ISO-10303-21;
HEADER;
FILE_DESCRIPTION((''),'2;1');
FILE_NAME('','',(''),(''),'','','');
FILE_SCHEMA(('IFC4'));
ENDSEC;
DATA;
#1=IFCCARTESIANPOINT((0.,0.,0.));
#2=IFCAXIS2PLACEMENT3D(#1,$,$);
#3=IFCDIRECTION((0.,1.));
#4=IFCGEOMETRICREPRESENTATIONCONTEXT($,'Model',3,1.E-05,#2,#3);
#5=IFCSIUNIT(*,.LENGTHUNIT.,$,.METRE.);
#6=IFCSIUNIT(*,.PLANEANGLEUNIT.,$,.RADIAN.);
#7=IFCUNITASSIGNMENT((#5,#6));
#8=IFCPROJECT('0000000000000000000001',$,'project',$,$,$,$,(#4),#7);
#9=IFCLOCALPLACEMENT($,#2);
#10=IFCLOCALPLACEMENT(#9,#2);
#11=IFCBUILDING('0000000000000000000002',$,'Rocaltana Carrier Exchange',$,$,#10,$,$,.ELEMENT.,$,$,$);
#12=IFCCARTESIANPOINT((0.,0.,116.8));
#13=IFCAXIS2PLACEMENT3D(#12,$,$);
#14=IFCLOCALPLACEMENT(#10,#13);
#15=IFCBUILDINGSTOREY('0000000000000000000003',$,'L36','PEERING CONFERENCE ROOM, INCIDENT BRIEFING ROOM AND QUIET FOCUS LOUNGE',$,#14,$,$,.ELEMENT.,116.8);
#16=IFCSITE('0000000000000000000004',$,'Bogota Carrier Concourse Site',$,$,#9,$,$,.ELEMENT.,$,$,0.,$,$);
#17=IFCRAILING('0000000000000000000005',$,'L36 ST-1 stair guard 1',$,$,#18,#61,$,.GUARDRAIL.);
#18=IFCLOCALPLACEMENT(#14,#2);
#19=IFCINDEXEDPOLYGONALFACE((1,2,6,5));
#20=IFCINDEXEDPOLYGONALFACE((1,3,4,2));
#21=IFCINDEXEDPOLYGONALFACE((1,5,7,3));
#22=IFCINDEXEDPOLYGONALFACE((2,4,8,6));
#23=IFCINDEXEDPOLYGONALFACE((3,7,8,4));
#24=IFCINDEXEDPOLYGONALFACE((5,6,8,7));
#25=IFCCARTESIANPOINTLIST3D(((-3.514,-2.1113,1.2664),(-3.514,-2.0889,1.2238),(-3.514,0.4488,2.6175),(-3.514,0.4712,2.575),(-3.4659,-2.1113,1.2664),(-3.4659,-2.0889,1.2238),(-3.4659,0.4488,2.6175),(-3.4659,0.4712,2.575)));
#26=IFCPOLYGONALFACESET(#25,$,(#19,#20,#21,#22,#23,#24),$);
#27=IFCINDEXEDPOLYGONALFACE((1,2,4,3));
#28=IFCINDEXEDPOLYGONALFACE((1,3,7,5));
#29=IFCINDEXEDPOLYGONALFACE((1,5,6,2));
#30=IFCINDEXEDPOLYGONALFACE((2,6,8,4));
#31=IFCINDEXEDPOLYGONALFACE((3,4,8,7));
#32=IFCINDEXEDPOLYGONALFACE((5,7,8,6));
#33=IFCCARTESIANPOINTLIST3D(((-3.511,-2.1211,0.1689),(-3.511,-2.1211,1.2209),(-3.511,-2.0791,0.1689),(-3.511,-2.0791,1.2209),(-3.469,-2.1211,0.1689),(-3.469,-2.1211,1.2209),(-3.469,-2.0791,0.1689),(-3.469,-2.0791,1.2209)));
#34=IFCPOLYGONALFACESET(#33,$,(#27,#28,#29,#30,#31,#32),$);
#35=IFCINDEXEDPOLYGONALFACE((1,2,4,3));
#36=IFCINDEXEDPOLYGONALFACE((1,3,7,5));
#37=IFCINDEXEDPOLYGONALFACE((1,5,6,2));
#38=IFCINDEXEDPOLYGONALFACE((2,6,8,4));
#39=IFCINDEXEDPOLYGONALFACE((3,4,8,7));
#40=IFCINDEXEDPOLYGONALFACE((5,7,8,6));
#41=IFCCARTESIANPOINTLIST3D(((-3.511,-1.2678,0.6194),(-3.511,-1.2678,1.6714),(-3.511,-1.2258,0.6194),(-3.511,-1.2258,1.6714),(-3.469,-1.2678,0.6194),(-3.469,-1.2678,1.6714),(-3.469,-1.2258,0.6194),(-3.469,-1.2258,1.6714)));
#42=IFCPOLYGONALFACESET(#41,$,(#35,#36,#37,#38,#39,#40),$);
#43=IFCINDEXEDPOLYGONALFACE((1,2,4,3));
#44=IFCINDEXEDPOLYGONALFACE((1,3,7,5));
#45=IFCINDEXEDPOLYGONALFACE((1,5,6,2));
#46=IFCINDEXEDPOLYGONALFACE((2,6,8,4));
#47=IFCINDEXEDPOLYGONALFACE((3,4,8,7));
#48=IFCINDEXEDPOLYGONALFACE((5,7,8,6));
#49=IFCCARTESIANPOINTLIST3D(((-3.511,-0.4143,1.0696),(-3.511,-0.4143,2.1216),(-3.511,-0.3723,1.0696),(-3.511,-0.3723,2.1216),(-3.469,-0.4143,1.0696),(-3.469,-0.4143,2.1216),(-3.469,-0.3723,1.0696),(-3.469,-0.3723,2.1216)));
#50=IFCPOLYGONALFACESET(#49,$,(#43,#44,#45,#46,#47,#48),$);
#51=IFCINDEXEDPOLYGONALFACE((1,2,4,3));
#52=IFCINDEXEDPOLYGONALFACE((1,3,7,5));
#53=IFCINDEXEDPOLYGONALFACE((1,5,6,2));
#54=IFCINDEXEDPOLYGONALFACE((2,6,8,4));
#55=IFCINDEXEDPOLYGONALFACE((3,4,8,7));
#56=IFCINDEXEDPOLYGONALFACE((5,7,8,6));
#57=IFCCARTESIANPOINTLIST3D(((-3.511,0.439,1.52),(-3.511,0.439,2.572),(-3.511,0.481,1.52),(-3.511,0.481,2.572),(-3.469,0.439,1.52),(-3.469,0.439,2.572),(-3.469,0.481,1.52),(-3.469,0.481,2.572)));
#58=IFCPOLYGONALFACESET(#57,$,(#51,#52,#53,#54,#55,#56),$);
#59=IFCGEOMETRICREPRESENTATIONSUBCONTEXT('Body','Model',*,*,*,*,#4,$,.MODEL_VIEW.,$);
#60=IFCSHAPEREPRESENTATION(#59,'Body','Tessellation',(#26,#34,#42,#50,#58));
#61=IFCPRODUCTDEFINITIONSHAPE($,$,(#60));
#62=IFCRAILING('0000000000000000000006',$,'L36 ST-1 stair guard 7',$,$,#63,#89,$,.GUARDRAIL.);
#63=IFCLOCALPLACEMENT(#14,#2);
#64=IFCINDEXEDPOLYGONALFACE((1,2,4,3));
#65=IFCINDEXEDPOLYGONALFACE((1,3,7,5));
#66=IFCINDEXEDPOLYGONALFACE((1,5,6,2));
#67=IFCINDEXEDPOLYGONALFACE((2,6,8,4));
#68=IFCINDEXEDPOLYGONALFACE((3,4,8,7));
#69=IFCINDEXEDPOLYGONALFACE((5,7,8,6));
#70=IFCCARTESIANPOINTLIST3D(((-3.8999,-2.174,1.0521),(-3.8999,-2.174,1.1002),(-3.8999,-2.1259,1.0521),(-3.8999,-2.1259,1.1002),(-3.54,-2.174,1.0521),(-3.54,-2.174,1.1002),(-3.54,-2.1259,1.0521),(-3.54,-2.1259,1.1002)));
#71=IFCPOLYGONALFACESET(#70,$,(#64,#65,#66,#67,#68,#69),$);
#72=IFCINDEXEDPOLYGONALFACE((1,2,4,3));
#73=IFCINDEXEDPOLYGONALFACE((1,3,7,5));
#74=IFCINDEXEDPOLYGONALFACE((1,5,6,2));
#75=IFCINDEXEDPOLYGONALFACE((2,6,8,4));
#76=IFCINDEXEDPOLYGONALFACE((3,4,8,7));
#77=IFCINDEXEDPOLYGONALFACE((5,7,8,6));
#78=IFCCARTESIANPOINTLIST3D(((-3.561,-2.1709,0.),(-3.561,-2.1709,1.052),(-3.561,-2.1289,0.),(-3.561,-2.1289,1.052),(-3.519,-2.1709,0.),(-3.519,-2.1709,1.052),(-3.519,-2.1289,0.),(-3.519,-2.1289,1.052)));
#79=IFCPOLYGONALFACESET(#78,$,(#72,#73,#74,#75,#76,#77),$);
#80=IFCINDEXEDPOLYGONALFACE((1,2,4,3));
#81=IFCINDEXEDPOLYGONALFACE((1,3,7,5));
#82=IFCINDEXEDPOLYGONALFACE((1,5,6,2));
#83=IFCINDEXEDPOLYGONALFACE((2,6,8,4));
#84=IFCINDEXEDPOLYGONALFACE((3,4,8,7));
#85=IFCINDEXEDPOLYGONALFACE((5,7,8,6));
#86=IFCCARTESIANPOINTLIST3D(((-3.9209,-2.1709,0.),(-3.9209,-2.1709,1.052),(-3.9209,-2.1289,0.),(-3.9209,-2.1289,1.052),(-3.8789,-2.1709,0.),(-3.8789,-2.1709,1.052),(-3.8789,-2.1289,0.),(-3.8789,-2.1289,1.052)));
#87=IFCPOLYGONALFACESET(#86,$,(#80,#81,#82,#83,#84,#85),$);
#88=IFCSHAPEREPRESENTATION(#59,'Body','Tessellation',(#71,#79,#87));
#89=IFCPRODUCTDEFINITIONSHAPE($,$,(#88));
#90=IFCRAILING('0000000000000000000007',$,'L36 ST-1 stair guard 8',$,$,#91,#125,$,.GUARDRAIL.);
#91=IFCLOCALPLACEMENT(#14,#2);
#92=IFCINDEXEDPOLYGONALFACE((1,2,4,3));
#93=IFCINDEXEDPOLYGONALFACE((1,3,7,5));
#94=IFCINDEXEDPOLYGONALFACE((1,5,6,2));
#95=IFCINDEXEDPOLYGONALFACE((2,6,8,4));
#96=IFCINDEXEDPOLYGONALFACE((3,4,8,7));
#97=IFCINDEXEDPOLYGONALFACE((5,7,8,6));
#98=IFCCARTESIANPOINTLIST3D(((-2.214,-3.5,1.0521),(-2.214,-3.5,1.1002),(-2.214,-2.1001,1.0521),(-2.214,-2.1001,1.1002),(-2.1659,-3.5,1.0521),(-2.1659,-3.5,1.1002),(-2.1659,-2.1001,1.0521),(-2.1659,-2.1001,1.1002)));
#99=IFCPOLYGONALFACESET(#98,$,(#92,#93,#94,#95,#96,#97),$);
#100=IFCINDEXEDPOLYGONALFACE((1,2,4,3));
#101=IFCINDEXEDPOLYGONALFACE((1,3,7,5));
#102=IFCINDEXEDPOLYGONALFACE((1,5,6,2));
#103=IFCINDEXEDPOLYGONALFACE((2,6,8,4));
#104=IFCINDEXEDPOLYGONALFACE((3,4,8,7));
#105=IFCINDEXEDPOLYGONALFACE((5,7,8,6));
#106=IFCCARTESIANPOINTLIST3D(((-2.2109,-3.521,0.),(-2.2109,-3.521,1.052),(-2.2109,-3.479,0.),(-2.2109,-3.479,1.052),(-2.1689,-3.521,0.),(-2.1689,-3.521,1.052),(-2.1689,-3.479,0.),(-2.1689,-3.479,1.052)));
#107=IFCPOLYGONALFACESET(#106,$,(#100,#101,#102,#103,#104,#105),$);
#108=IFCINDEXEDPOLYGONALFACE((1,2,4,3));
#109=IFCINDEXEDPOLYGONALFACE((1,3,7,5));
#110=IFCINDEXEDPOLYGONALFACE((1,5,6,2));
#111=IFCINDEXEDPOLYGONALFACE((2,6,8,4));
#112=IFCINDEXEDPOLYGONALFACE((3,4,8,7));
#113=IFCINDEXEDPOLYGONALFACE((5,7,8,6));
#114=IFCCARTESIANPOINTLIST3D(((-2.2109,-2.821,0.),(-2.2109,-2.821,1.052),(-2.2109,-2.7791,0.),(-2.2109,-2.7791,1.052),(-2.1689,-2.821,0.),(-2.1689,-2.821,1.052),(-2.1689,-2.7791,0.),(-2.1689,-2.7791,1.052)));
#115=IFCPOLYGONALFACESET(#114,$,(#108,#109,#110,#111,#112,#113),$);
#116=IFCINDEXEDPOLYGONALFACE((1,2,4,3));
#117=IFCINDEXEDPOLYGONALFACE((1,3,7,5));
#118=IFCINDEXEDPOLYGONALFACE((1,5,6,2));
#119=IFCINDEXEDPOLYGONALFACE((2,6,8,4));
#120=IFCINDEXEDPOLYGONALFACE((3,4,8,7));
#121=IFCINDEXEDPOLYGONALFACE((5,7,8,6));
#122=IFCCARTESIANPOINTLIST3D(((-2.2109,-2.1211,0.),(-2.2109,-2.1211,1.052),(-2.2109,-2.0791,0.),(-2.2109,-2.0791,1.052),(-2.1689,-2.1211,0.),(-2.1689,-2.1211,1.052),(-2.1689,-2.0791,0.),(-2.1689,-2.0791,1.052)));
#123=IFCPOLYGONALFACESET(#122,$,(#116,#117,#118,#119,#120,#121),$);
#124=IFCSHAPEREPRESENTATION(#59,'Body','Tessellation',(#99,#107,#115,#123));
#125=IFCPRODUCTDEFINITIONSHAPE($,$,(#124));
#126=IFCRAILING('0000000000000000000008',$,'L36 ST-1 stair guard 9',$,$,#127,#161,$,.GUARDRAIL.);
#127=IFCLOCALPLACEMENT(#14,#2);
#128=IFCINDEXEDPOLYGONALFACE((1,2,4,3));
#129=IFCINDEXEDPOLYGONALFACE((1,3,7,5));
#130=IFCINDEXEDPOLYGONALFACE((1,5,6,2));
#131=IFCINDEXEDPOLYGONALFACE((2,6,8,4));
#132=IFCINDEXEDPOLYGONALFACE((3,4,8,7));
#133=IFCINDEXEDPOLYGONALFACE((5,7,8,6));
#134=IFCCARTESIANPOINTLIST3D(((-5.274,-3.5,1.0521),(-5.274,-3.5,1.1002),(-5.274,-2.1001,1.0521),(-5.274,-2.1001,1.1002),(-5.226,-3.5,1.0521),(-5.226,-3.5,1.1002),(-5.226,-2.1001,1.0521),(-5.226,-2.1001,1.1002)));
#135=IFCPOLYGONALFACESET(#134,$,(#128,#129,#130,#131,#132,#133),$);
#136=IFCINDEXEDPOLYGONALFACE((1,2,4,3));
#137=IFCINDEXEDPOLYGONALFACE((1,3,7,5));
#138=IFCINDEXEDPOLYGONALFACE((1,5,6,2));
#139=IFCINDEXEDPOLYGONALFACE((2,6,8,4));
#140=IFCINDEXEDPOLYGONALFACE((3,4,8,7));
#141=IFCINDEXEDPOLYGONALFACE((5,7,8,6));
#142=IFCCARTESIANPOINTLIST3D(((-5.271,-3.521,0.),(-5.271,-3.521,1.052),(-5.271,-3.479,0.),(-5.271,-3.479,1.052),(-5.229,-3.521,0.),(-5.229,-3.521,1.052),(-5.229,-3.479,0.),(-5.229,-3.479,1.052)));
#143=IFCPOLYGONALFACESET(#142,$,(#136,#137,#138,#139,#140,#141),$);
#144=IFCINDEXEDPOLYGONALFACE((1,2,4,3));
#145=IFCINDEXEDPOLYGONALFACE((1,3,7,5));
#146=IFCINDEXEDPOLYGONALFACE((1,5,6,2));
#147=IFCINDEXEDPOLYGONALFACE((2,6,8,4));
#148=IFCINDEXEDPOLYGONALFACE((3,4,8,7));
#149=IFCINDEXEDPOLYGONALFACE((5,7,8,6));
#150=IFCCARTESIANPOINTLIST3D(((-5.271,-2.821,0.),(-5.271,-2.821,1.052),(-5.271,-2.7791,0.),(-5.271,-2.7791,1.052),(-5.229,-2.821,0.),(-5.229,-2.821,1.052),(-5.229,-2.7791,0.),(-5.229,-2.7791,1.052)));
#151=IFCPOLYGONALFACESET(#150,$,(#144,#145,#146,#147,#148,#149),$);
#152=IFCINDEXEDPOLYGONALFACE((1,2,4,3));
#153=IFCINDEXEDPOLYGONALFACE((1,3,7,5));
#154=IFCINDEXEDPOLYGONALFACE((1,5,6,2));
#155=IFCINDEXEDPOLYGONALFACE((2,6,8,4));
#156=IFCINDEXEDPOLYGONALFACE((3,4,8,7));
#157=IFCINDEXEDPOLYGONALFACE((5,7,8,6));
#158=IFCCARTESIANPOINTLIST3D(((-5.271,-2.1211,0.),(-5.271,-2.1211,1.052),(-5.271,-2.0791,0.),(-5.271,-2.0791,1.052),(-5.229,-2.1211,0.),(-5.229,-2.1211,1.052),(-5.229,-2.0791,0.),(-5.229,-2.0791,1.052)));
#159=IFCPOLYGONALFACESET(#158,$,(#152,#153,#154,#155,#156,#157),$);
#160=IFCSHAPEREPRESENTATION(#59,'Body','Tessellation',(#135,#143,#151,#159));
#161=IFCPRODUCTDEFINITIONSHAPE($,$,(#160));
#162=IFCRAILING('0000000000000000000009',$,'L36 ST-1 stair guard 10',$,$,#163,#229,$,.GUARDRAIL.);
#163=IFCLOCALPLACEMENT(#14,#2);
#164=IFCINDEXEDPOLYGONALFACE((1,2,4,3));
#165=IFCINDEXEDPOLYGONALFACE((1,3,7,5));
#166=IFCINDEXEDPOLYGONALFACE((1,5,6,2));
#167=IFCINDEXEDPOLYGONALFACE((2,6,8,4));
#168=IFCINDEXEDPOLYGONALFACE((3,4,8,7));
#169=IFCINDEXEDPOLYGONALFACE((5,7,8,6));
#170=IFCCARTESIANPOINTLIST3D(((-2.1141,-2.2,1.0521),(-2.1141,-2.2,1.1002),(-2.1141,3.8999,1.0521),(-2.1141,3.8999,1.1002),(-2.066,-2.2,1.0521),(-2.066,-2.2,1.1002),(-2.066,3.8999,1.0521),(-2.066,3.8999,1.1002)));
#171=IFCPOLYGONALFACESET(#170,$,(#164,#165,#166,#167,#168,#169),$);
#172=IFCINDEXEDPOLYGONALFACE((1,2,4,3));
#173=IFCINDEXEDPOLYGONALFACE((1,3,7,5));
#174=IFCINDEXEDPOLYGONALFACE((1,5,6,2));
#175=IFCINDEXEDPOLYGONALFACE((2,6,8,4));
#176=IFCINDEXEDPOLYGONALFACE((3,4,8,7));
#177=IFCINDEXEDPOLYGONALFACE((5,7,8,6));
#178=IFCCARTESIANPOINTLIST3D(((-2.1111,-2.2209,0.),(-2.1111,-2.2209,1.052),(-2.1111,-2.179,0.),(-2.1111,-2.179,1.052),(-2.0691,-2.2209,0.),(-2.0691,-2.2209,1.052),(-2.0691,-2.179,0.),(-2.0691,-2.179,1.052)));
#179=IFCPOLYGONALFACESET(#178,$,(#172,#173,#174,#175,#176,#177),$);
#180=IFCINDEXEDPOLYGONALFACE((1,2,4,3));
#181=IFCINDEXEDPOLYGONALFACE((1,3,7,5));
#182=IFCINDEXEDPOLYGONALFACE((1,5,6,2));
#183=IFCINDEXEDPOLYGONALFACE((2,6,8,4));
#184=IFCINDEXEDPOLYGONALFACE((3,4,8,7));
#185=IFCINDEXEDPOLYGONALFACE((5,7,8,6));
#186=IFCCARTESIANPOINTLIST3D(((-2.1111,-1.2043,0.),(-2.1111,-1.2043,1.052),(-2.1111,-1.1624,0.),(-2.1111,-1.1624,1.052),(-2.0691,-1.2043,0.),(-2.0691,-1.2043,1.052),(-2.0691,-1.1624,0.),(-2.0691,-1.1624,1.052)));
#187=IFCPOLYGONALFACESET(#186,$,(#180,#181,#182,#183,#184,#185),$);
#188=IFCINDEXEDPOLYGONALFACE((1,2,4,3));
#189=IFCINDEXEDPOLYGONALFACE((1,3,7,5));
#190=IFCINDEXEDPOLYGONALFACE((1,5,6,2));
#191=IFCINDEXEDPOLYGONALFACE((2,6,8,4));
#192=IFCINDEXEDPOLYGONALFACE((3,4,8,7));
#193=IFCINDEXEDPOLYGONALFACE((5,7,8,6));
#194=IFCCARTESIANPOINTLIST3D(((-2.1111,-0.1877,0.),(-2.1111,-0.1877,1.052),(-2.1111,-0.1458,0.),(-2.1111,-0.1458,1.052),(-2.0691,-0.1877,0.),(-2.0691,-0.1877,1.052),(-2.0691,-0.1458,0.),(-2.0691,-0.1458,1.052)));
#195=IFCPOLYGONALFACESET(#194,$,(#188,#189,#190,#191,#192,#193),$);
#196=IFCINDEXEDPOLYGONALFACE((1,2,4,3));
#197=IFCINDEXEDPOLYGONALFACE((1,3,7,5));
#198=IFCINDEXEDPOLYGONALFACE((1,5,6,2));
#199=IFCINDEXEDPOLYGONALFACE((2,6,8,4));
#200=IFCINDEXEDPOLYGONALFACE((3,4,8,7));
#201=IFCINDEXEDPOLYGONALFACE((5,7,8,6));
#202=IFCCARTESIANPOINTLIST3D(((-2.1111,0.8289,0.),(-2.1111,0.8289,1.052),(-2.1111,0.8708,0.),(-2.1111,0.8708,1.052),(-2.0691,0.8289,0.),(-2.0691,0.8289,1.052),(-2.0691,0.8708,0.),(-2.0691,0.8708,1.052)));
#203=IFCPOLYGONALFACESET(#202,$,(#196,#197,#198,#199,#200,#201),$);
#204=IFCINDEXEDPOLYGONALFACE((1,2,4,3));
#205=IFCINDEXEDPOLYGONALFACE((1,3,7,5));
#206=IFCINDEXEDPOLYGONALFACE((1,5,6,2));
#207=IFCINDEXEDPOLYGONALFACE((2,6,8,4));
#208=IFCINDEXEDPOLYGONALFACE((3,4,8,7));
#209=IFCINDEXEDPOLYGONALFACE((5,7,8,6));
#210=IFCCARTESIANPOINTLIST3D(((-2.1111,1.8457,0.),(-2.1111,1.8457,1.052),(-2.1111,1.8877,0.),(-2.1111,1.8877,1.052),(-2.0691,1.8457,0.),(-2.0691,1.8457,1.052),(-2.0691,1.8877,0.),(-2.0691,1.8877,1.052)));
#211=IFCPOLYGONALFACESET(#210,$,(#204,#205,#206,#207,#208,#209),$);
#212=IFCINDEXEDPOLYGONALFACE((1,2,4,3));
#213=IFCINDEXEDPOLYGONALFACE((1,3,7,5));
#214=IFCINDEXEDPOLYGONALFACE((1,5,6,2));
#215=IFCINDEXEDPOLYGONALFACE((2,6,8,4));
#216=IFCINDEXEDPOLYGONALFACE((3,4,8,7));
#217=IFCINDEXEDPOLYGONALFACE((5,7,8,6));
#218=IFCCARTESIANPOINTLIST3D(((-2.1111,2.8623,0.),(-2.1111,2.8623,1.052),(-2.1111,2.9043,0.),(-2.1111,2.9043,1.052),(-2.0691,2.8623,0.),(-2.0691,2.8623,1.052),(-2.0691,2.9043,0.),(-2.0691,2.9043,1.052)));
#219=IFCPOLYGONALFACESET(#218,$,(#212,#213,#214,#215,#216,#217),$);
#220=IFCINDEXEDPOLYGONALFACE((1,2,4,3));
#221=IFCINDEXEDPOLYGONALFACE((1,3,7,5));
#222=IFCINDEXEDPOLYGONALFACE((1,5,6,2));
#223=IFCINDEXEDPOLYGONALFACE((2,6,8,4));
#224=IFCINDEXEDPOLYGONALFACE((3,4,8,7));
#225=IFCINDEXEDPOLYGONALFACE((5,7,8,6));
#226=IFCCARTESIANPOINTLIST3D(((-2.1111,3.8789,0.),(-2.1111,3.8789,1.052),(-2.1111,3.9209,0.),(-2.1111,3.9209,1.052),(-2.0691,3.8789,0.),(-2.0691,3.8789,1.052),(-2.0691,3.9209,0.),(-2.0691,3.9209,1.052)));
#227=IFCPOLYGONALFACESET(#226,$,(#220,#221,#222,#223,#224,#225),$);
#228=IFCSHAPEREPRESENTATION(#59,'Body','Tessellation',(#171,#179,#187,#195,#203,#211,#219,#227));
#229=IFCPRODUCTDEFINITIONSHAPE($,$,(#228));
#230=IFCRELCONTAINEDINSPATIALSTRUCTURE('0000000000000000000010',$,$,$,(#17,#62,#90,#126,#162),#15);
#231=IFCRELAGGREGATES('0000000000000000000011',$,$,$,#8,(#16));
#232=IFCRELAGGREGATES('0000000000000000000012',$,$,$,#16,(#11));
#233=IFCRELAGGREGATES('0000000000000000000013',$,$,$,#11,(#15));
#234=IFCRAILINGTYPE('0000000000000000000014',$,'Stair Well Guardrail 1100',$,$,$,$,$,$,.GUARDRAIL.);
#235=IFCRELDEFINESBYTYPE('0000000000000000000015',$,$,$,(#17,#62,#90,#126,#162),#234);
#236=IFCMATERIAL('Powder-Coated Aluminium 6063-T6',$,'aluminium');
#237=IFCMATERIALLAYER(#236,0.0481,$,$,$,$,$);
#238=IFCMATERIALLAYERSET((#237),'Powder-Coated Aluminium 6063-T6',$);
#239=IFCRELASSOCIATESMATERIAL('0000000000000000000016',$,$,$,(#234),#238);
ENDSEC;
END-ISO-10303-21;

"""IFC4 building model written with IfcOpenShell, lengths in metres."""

from ifc_helpers import new_model, si_unit, direction, frame, origin, origin_2d, place, context, subcontext, project, spatial, rectangle, extrude, material, layer, layer_set, type_object, element, save


model = new_model("IFC4")

# Units and contexts
model_context = context("Model", 3, precision=1e-05, world=origin(), true_north=direction((0.0, 1.0)))
body_context = subcontext(model_context, "Body", "Model", "MODEL_VIEW")
ifc_project = project(units=[si_unit("LENGTHUNIT", "METRE"), si_unit("PLANEANGLEUNIT", "RADIAN")], contexts=[model_context])

# Site, building, storey
site_placement = place(None, origin())
site = spatial("IfcSite", under=ifc_project, at=site_placement, Name="Bogota Carrier Concourse Site", CompositionType="ELEMENT", RefElevation=0.0)
building_placement = place(site_placement, origin())
building = spatial("IfcBuilding", under=site, at=building_placement, Name="Rocaltana Carrier Exchange", CompositionType="ELEMENT")
storey_placement = place(building_placement, frame((0.0, 0.0, 116.8)))
storey = spatial("IfcBuildingStorey", under=building, at=storey_placement, Name="L36", Description="PEERING CONFERENCE ROOM, INCIDENT BRIEFING ROOM AND QUIET FOCUS LOUNGE", CompositionType="ELEMENT", Elevation=116.8)

# Railings
ifc_material_1 = material(Name="Powder-Coated Aluminium 6063-T6", Category="aluminium")
ifc_layer_1 = layer(ifc_material_1, 0.0481)
ifc_layer_set_1 = layer_set([ifc_layer_1], Name="Powder-Coated Aluminium 6063-T6")
railing_type_1 = type_object("IfcRailingType", Name="Stair Well Guardrail 1100", PredefinedType="GUARDRAIL", material=ifc_layer_set_1)
railing_1_placement = place(storey_placement, frame((-3.49, -2.1001, 0.1689)))
element("IfcRailing", 1, at=railing_1_placement, inside=storey, type_object=railing_type_1, Name="L36 ST-1 stair guard 1", PredefinedType="GUARDRAIL", context=body_context, shape_type="SweptSolid", body=[
    extrude(rectangle(XDim=0.0481, YDim=0.0481, at=origin_2d()), frame((0.0, 0.0, 1.0762), z_axis=(0.0, 0.884394, 0.46674), x_axis=(-1.0, 0.0, 0.0)), (0.0, 0.0, 1.0), 2.8948),
    extrude(rectangle(XDim=0.042, YDim=0.042, at=origin_2d()), origin(), (0.0, 0.0, 1.0), 1.052),
    extrude(rectangle(XDim=0.042, YDim=0.042, at=origin_2d()), frame((0.0, 0.8533, 0.4504)), (0.0, 0.0, 1.0), 1.052),
    extrude(rectangle(XDim=0.042, YDim=0.042, at=origin_2d()), frame((0.0, 1.7068, 0.9006)), (0.0, 0.0, 1.0), 1.052),
    extrude(rectangle(XDim=0.042, YDim=0.042, at=origin_2d()), frame((0.0, 2.5601, 1.3511)), (0.0, 0.0, 1.0), 1.052),
])
railing_2_placement = place(storey_placement, frame((-3.54, -2.1499, 0.0)))
element("IfcRailing", 2, at=railing_2_placement, inside=storey, type_object=railing_type_1, Name="L36 ST-1 stair guard 7", PredefinedType="GUARDRAIL", context=body_context, shape_type="SweptSolid", body=[
    extrude(rectangle(XDim=0.0481, YDim=0.0481, at=origin_2d()), frame((0.0, 0.0, 1.0762), z_axis=(-1.0, 0.0, 0.0), x_axis=(0.0, -1.0, 0.0)), (0.0, 0.0, 1.0), 0.3599),
    extrude(rectangle(XDim=0.042, YDim=0.042, at=origin_2d()), origin(), (0.0, 0.0, 1.0), 1.052),
    extrude(rectangle(XDim=0.042, YDim=0.042, at=origin_2d()), frame((-0.3599, 0.0, 0.0)), (0.0, 0.0, 1.0), 1.052),
])
for number, where, name in (
    (3, (-2.1899, -3.5, 0.0), "L36 ST-1 stair guard 8"),
    (4, (-5.25, -3.5, 0.0), "L36 ST-1 stair guard 9"),
):
    element("IfcRailing", number, at=place(storey_placement, frame(where)), inside=storey, type_object=railing_type_1, Name=name, PredefinedType="GUARDRAIL", context=body_context, shape_type="SweptSolid", body=[
        extrude(rectangle(XDim=0.0481, YDim=0.0481, at=origin_2d()), frame((0.0, 0.0, 1.0762), z_axis=(0.0, 1.0, 0.0), x_axis=(-1.0, 0.0, 0.0)), (0.0, 0.0, 1.0), 1.3999),
        extrude(rectangle(XDim=0.042, YDim=0.042, at=origin_2d()), origin(), (0.0, 0.0, 1.0), 1.052),
        extrude(rectangle(XDim=0.042, YDim=0.042, at=origin_2d()), frame((0.0, 0.7, 0.0)), (0.0, 0.0, 1.0), 1.052),
        extrude(rectangle(XDim=0.042, YDim=0.042, at=origin_2d()), frame((0.0, 1.3999, 0.0)), (0.0, 0.0, 1.0), 1.052),
    ])
for number, where, name in (
    (5, (-2.0901, -2.2, 0.0), "L36 ST-1 stair guard 10"),
):
    element("IfcRailing", number, at=place(storey_placement, frame(where)), inside=storey, type_object=railing_type_1, Name=name, PredefinedType="GUARDRAIL", context=body_context, shape_type="SweptSolid", body=[
        extrude(rectangle(XDim=0.0481, YDim=0.0481, at=origin_2d()), frame((0.0, 0.0, 1.0762), z_axis=(0.0, 1.0, 0.0), x_axis=(-1.0, 0.0, 0.0)), (0.0, 0.0, 1.0), 6.0999),
        extrude(rectangle(XDim=0.042, YDim=0.042, at=origin_2d()), origin(), (0.0, 0.0, 1.0), 1.052),
        extrude(rectangle(XDim=0.042, YDim=0.042, at=origin_2d()), frame((0.0, 1.0166, 0.0)), (0.0, 0.0, 1.0), 1.052),
        extrude(rectangle(XDim=0.042, YDim=0.042, at=origin_2d()), frame((0.0, 2.0332, 0.0)), (0.0, 0.0, 1.0), 1.052),
        extrude(rectangle(XDim=0.042, YDim=0.042, at=origin_2d()), frame((0.0, 3.0498, 0.0)), (0.0, 0.0, 1.0), 1.052),
        extrude(rectangle(XDim=0.042, YDim=0.042, at=origin_2d()), frame((0.0, 4.0667, 0.0)), (0.0, 0.0, 1.0), 1.052),
        extrude(rectangle(XDim=0.042, YDim=0.042, at=origin_2d()), frame((0.0, 5.0833, 0.0)), (0.0, 0.0, 1.0), 1.052),
        extrude(rectangle(XDim=0.042, YDim=0.042, at=origin_2d()), frame((0.0, 6.0999, 0.0)), (0.0, 0.0, 1.0), 1.052),
    ])

save(model, "model.ifc")
